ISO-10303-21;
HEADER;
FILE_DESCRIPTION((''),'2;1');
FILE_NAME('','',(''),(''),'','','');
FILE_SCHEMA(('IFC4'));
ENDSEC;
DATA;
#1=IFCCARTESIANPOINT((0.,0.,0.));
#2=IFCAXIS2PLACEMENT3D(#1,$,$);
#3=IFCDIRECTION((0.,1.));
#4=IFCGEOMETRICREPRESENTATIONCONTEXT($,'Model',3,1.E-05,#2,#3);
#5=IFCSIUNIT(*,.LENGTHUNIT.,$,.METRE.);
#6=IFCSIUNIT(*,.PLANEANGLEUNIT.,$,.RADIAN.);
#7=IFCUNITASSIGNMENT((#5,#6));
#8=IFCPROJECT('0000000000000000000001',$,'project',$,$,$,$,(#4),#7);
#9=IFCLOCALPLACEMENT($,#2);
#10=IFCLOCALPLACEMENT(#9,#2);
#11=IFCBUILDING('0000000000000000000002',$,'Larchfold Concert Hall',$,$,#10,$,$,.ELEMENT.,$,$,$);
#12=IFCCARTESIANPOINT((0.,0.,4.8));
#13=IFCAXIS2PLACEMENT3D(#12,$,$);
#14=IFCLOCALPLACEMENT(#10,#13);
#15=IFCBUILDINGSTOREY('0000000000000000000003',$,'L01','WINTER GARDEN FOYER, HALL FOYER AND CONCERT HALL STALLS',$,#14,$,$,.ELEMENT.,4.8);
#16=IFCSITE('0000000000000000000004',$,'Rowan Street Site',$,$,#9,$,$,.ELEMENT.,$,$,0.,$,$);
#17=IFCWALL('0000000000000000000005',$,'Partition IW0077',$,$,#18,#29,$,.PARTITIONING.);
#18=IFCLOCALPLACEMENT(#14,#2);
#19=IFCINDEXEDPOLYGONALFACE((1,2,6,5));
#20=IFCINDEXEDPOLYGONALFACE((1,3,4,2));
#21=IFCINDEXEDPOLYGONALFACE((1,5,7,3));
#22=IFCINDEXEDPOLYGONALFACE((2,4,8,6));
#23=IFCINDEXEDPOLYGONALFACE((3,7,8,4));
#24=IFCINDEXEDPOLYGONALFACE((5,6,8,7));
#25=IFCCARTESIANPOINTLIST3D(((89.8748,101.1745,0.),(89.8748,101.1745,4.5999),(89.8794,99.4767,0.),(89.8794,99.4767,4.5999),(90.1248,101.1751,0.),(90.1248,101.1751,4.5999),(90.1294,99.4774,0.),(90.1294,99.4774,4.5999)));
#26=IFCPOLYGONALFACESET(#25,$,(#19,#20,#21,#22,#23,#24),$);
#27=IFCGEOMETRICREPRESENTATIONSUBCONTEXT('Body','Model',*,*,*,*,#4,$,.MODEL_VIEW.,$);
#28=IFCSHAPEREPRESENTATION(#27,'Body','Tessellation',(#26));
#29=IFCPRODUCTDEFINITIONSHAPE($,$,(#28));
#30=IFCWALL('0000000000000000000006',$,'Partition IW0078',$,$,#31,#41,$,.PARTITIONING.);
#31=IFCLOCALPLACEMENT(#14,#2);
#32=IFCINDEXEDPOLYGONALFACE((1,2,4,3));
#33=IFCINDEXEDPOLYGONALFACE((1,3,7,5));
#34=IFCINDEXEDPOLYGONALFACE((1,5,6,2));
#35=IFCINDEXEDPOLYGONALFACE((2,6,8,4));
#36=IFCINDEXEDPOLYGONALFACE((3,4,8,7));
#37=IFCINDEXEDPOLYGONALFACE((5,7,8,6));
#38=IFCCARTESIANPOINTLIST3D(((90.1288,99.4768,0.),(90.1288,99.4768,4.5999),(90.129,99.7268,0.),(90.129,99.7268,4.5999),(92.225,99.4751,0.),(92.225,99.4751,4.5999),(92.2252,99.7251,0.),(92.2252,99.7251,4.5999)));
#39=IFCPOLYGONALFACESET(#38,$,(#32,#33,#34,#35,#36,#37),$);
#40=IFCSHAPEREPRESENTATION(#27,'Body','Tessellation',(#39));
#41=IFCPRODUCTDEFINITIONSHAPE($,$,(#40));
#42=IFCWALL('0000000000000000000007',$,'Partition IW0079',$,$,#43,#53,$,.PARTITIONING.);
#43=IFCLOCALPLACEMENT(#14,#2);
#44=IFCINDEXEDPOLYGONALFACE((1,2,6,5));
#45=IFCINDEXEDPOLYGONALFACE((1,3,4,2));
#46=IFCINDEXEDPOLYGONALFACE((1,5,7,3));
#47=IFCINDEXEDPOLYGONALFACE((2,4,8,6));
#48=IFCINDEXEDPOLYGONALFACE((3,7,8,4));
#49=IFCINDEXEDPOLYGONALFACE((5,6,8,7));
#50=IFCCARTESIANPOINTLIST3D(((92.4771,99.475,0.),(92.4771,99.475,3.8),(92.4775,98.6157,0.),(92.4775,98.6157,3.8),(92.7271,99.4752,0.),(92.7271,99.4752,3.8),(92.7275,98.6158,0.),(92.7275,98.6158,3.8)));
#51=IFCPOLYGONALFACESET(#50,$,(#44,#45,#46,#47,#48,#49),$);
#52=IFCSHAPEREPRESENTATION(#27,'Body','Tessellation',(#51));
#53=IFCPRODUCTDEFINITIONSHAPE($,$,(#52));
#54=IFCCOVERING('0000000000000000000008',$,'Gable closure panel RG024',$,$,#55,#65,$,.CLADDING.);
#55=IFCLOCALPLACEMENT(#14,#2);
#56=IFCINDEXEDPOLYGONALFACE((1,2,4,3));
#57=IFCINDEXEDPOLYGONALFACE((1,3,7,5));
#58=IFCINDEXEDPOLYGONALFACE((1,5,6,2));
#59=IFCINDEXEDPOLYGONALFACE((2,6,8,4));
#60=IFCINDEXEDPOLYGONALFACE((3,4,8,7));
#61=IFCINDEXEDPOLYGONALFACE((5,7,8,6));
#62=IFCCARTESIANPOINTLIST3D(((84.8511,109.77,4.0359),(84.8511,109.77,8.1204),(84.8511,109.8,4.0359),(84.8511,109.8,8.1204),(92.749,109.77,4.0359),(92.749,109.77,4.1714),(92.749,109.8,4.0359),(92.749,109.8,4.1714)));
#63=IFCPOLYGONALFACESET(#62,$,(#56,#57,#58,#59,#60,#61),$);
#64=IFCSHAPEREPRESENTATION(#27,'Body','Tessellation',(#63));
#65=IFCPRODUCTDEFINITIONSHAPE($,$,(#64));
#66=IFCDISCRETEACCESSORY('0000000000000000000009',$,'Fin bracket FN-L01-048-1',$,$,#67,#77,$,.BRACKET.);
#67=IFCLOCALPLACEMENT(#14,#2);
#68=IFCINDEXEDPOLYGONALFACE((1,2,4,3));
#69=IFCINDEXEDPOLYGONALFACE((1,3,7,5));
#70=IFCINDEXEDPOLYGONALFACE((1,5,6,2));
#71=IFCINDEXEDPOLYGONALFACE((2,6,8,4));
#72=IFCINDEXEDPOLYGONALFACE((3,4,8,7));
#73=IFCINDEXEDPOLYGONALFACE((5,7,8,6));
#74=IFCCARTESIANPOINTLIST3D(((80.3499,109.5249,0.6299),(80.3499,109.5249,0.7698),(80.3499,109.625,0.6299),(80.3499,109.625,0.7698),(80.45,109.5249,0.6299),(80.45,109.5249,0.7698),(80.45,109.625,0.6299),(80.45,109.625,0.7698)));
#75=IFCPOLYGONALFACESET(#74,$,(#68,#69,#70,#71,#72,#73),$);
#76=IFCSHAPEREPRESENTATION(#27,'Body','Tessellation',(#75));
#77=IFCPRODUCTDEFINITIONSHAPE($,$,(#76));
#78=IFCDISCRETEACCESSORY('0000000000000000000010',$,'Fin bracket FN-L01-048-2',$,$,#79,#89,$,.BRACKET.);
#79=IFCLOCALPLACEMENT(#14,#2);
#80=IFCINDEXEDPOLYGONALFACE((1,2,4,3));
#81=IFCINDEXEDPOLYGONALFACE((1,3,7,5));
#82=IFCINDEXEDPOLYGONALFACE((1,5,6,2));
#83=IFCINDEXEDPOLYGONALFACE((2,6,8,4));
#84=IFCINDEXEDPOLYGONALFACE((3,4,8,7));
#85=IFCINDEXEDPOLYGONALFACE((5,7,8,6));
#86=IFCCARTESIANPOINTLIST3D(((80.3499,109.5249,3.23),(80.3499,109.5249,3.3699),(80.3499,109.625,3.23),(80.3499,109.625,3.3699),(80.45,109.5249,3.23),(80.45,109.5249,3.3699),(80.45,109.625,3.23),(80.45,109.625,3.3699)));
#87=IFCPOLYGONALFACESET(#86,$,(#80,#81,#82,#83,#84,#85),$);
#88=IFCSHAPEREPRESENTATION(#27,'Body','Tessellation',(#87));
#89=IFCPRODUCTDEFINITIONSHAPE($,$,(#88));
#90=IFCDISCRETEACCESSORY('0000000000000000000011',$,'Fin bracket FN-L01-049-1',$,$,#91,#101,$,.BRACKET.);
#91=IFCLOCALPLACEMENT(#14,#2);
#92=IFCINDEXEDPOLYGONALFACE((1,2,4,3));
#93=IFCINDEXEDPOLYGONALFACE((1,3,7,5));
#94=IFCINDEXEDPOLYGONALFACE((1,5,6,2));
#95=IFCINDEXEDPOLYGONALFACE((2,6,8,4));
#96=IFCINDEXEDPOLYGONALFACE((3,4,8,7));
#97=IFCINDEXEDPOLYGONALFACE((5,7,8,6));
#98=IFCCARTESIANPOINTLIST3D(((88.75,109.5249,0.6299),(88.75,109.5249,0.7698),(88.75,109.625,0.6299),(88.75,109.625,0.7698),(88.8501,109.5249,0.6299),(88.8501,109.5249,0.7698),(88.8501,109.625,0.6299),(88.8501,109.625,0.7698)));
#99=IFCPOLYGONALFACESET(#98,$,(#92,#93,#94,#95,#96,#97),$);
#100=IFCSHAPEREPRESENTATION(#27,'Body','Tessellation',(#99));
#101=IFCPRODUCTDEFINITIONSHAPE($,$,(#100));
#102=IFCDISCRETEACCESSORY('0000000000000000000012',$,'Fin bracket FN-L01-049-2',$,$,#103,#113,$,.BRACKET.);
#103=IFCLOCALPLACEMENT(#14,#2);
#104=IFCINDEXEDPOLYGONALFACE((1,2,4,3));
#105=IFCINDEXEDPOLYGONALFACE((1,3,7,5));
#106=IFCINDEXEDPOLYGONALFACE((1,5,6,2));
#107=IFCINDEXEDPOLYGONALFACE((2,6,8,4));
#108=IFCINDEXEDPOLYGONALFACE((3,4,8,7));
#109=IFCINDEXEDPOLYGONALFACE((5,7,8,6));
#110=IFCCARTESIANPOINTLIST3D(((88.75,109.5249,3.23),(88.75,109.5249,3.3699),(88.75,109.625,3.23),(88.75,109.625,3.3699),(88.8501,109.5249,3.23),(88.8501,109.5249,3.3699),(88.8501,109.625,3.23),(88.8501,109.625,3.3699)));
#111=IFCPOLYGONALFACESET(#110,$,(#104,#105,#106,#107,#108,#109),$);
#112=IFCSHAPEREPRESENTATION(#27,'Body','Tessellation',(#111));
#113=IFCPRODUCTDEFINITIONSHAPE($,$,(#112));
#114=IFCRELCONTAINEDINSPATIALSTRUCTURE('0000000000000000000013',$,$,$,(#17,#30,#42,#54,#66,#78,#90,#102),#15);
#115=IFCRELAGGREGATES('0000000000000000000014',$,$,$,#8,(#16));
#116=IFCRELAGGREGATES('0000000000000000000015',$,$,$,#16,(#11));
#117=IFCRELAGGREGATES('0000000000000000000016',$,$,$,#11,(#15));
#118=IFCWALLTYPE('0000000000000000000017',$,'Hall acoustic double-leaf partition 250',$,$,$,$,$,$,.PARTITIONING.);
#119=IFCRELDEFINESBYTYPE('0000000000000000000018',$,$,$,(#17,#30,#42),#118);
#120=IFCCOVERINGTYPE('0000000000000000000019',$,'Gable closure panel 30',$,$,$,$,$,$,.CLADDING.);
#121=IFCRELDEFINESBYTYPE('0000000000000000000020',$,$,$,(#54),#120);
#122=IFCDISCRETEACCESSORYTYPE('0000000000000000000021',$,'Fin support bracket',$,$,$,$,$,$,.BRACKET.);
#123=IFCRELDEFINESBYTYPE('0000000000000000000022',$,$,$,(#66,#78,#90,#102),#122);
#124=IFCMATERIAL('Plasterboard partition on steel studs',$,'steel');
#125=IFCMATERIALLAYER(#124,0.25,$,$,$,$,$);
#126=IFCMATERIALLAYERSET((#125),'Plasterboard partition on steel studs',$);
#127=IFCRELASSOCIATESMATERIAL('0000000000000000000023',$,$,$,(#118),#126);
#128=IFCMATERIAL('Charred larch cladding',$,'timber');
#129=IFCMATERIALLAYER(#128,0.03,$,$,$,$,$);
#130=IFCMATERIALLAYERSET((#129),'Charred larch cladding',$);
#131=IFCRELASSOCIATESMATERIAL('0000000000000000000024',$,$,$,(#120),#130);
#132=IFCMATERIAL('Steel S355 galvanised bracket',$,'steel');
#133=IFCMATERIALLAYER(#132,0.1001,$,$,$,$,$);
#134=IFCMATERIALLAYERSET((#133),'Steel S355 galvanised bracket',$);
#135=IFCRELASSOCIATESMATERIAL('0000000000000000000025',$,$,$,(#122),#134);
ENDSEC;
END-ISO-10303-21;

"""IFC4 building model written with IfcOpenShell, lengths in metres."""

from ifc_helpers import new_model, si_unit, direction, frame, frame_2d, origin, origin_2d, place, context, subcontext, project, spatial, polyline, rectangle, outline, extrude, material, layer, layer_set, type_object, element, save


model = new_model("IFC4")

# Units and contexts
model_context = context("Model", 3, precision=1e-05, world=origin(), true_north=direction((0.0, 1.0)))
body_context = subcontext(model_context, "Body", "Model", "MODEL_VIEW")
ifc_project = project(units=[si_unit("LENGTHUNIT", "METRE"), si_unit("PLANEANGLEUNIT", "RADIAN")], contexts=[model_context])

# Site, building, storey
site_placement = place(None, origin())
site = spatial("IfcSite", under=ifc_project, at=site_placement, Name="Rowan Street Site", CompositionType="ELEMENT", RefElevation=0.0)
building_placement = place(site_placement, origin())
building = spatial("IfcBuilding", under=site, at=building_placement, Name="Larchfold Concert Hall", CompositionType="ELEMENT")
storey_placement = place(building_placement, frame((0.0, 0.0, 4.8)))
storey = spatial("IfcBuildingStorey", under=building, at=storey_placement, Name="L01", Description="WINTER GARDEN FOYER, HALL FOYER AND CONCERT HALL STALLS", CompositionType="ELEMENT", Elevation=4.8)

# Shared definitions
ifc_material_1 = material(Name="Plasterboard partition on steel studs", Category="steel")
ifc_layer_1 = layer(ifc_material_1, 0.25)
ifc_layer_set_1 = layer_set([ifc_layer_1], Name="Plasterboard partition on steel studs")
wall_type_1 = type_object("IfcWallType", Name="Hall acoustic double-leaf partition 250", PredefinedType="PARTITIONING", material=ifc_layer_set_1)

# Walls
wall_1_placement = place(storey_placement, frame((89.9998, 101.1748, 0.0), z_axis=(0.0, 0.0, 1.0), x_axis=(0.002732, -0.999996, 0.0)))
element("IfcWall", 1, at=wall_1_placement, inside=storey, type_object=wall_type_1, Name="Partition IW0077", PredefinedType="PARTITIONING", context=body_context, shape_type="SweptSolid", body=[
    extrude(rectangle(XDim=1.6978, YDim=0.25, at=frame_2d((0.8489, 0.0))), origin(), (0.0, 0.0, 1.0), 4.5999),
])
wall_2_placement = place(storey_placement, frame((90.1289, 99.6018, 0.0), z_axis=(0.0, 0.0, 1.0), x_axis=(1.0, -0.000815, 0.0)))
element("IfcWall", 2, at=wall_2_placement, inside=storey, type_object=wall_type_1, Name="Partition IW0078", PredefinedType="PARTITIONING", context=body_context, shape_type="SweptSolid", body=[
    extrude(rectangle(XDim=2.0962, YDim=0.25, at=frame_2d((1.0481, 0.0))), origin(), (0.0, 0.0, 1.0), 4.5999),
])
wall_3_placement = place(storey_placement, frame((92.6021, 99.4751, 0.0), z_axis=(0.0, 0.0, 1.0), x_axis=(0.000568, -1.0, 0.0)))
element("IfcWall", 3, at=wall_3_placement, inside=storey, type_object=wall_type_1, Name="Partition IW0079", PredefinedType="PARTITIONING", context=body_context, shape_type="SweptSolid", body=[
    extrude(rectangle(XDim=0.8594, YDim=0.25, at=frame_2d((0.4297, 0.0))), origin(), (0.0, 0.0, 1.0), 3.8),
])

# Covering
ifc_material_2 = material(Name="Charred larch cladding", Category="timber")
ifc_layer_2 = layer(ifc_material_2, 0.03)
ifc_layer_set_2 = layer_set([ifc_layer_2], Name="Charred larch cladding")
covering_type = type_object("IfcCoveringType", Name="Gable closure panel 30", PredefinedType="CLADDING", material=ifc_layer_set_2)
covering_placement = place(storey_placement, frame((84.8511, 109.77, 4.0359), z_axis=(0.0, -1.0, 0.0), x_axis=(1.0, 0.0, 0.0)))
element("IfcCovering", 4, at=covering_placement, inside=storey, type_object=covering_type, Name="Gable closure panel RG024", PredefinedType="CLADDING", context=body_context, shape_type="SweptSolid", body=[
    extrude(outline(polyline([(0.0, 0.0), (7.8979, 0.0), (7.8979, 0.1355), (0.0, 4.0845), (0.0, 0.0)])), origin(), (0.0, 0.0, -1.0), 0.03),
])

# Discrete accessories
ifc_material_3 = material(Name="Steel S355 galvanised bracket", Category="steel")
ifc_layer_3 = layer(ifc_material_3, 0.1001)
ifc_layer_set_3 = layer_set([ifc_layer_3], Name="Steel S355 galvanised bracket")
discrete_accessory_type = type_object("IfcDiscreteAccessoryType", Name="Fin support bracket", PredefinedType="BRACKET", material=ifc_layer_set_3)
for number, where, z_axis, x_axis, name in (
    (5, (80.3999, 109.575, 0.6299), (0.0, 0.0, 1.0), (0.0, -1.0, 0.0), "Fin bracket FN-L01-048-1"),
    (6, (80.3999, 109.575, 3.23), (0.0, 0.0, 1.0), (0.0, -1.0, 0.0), "Fin bracket FN-L01-048-2"),
    (7, (88.8, 109.575, 0.6299), (0.0, 0.0, 1.0), (0.0, -1.0, 0.0), "Fin bracket FN-L01-049-1"),
    (8, (88.8, 109.575, 3.23), (0.0, 0.0, 1.0), (0.0, -1.0, 0.0), "Fin bracket FN-L01-049-2"),
):
    element("IfcDiscreteAccessory", number, at=place(storey_placement, frame(where, z_axis=z_axis, x_axis=x_axis)), inside=storey, type_object=discrete_accessory_type, Name=name, PredefinedType="BRACKET", context=body_context, shape_type="SweptSolid", body=[
        extrude(rectangle(XDim=0.1001, YDim=0.1001, at=origin_2d()), origin(), (0.0, 0.0, 1.0), 0.1399),
    ])

save(model, "model.ifc")
